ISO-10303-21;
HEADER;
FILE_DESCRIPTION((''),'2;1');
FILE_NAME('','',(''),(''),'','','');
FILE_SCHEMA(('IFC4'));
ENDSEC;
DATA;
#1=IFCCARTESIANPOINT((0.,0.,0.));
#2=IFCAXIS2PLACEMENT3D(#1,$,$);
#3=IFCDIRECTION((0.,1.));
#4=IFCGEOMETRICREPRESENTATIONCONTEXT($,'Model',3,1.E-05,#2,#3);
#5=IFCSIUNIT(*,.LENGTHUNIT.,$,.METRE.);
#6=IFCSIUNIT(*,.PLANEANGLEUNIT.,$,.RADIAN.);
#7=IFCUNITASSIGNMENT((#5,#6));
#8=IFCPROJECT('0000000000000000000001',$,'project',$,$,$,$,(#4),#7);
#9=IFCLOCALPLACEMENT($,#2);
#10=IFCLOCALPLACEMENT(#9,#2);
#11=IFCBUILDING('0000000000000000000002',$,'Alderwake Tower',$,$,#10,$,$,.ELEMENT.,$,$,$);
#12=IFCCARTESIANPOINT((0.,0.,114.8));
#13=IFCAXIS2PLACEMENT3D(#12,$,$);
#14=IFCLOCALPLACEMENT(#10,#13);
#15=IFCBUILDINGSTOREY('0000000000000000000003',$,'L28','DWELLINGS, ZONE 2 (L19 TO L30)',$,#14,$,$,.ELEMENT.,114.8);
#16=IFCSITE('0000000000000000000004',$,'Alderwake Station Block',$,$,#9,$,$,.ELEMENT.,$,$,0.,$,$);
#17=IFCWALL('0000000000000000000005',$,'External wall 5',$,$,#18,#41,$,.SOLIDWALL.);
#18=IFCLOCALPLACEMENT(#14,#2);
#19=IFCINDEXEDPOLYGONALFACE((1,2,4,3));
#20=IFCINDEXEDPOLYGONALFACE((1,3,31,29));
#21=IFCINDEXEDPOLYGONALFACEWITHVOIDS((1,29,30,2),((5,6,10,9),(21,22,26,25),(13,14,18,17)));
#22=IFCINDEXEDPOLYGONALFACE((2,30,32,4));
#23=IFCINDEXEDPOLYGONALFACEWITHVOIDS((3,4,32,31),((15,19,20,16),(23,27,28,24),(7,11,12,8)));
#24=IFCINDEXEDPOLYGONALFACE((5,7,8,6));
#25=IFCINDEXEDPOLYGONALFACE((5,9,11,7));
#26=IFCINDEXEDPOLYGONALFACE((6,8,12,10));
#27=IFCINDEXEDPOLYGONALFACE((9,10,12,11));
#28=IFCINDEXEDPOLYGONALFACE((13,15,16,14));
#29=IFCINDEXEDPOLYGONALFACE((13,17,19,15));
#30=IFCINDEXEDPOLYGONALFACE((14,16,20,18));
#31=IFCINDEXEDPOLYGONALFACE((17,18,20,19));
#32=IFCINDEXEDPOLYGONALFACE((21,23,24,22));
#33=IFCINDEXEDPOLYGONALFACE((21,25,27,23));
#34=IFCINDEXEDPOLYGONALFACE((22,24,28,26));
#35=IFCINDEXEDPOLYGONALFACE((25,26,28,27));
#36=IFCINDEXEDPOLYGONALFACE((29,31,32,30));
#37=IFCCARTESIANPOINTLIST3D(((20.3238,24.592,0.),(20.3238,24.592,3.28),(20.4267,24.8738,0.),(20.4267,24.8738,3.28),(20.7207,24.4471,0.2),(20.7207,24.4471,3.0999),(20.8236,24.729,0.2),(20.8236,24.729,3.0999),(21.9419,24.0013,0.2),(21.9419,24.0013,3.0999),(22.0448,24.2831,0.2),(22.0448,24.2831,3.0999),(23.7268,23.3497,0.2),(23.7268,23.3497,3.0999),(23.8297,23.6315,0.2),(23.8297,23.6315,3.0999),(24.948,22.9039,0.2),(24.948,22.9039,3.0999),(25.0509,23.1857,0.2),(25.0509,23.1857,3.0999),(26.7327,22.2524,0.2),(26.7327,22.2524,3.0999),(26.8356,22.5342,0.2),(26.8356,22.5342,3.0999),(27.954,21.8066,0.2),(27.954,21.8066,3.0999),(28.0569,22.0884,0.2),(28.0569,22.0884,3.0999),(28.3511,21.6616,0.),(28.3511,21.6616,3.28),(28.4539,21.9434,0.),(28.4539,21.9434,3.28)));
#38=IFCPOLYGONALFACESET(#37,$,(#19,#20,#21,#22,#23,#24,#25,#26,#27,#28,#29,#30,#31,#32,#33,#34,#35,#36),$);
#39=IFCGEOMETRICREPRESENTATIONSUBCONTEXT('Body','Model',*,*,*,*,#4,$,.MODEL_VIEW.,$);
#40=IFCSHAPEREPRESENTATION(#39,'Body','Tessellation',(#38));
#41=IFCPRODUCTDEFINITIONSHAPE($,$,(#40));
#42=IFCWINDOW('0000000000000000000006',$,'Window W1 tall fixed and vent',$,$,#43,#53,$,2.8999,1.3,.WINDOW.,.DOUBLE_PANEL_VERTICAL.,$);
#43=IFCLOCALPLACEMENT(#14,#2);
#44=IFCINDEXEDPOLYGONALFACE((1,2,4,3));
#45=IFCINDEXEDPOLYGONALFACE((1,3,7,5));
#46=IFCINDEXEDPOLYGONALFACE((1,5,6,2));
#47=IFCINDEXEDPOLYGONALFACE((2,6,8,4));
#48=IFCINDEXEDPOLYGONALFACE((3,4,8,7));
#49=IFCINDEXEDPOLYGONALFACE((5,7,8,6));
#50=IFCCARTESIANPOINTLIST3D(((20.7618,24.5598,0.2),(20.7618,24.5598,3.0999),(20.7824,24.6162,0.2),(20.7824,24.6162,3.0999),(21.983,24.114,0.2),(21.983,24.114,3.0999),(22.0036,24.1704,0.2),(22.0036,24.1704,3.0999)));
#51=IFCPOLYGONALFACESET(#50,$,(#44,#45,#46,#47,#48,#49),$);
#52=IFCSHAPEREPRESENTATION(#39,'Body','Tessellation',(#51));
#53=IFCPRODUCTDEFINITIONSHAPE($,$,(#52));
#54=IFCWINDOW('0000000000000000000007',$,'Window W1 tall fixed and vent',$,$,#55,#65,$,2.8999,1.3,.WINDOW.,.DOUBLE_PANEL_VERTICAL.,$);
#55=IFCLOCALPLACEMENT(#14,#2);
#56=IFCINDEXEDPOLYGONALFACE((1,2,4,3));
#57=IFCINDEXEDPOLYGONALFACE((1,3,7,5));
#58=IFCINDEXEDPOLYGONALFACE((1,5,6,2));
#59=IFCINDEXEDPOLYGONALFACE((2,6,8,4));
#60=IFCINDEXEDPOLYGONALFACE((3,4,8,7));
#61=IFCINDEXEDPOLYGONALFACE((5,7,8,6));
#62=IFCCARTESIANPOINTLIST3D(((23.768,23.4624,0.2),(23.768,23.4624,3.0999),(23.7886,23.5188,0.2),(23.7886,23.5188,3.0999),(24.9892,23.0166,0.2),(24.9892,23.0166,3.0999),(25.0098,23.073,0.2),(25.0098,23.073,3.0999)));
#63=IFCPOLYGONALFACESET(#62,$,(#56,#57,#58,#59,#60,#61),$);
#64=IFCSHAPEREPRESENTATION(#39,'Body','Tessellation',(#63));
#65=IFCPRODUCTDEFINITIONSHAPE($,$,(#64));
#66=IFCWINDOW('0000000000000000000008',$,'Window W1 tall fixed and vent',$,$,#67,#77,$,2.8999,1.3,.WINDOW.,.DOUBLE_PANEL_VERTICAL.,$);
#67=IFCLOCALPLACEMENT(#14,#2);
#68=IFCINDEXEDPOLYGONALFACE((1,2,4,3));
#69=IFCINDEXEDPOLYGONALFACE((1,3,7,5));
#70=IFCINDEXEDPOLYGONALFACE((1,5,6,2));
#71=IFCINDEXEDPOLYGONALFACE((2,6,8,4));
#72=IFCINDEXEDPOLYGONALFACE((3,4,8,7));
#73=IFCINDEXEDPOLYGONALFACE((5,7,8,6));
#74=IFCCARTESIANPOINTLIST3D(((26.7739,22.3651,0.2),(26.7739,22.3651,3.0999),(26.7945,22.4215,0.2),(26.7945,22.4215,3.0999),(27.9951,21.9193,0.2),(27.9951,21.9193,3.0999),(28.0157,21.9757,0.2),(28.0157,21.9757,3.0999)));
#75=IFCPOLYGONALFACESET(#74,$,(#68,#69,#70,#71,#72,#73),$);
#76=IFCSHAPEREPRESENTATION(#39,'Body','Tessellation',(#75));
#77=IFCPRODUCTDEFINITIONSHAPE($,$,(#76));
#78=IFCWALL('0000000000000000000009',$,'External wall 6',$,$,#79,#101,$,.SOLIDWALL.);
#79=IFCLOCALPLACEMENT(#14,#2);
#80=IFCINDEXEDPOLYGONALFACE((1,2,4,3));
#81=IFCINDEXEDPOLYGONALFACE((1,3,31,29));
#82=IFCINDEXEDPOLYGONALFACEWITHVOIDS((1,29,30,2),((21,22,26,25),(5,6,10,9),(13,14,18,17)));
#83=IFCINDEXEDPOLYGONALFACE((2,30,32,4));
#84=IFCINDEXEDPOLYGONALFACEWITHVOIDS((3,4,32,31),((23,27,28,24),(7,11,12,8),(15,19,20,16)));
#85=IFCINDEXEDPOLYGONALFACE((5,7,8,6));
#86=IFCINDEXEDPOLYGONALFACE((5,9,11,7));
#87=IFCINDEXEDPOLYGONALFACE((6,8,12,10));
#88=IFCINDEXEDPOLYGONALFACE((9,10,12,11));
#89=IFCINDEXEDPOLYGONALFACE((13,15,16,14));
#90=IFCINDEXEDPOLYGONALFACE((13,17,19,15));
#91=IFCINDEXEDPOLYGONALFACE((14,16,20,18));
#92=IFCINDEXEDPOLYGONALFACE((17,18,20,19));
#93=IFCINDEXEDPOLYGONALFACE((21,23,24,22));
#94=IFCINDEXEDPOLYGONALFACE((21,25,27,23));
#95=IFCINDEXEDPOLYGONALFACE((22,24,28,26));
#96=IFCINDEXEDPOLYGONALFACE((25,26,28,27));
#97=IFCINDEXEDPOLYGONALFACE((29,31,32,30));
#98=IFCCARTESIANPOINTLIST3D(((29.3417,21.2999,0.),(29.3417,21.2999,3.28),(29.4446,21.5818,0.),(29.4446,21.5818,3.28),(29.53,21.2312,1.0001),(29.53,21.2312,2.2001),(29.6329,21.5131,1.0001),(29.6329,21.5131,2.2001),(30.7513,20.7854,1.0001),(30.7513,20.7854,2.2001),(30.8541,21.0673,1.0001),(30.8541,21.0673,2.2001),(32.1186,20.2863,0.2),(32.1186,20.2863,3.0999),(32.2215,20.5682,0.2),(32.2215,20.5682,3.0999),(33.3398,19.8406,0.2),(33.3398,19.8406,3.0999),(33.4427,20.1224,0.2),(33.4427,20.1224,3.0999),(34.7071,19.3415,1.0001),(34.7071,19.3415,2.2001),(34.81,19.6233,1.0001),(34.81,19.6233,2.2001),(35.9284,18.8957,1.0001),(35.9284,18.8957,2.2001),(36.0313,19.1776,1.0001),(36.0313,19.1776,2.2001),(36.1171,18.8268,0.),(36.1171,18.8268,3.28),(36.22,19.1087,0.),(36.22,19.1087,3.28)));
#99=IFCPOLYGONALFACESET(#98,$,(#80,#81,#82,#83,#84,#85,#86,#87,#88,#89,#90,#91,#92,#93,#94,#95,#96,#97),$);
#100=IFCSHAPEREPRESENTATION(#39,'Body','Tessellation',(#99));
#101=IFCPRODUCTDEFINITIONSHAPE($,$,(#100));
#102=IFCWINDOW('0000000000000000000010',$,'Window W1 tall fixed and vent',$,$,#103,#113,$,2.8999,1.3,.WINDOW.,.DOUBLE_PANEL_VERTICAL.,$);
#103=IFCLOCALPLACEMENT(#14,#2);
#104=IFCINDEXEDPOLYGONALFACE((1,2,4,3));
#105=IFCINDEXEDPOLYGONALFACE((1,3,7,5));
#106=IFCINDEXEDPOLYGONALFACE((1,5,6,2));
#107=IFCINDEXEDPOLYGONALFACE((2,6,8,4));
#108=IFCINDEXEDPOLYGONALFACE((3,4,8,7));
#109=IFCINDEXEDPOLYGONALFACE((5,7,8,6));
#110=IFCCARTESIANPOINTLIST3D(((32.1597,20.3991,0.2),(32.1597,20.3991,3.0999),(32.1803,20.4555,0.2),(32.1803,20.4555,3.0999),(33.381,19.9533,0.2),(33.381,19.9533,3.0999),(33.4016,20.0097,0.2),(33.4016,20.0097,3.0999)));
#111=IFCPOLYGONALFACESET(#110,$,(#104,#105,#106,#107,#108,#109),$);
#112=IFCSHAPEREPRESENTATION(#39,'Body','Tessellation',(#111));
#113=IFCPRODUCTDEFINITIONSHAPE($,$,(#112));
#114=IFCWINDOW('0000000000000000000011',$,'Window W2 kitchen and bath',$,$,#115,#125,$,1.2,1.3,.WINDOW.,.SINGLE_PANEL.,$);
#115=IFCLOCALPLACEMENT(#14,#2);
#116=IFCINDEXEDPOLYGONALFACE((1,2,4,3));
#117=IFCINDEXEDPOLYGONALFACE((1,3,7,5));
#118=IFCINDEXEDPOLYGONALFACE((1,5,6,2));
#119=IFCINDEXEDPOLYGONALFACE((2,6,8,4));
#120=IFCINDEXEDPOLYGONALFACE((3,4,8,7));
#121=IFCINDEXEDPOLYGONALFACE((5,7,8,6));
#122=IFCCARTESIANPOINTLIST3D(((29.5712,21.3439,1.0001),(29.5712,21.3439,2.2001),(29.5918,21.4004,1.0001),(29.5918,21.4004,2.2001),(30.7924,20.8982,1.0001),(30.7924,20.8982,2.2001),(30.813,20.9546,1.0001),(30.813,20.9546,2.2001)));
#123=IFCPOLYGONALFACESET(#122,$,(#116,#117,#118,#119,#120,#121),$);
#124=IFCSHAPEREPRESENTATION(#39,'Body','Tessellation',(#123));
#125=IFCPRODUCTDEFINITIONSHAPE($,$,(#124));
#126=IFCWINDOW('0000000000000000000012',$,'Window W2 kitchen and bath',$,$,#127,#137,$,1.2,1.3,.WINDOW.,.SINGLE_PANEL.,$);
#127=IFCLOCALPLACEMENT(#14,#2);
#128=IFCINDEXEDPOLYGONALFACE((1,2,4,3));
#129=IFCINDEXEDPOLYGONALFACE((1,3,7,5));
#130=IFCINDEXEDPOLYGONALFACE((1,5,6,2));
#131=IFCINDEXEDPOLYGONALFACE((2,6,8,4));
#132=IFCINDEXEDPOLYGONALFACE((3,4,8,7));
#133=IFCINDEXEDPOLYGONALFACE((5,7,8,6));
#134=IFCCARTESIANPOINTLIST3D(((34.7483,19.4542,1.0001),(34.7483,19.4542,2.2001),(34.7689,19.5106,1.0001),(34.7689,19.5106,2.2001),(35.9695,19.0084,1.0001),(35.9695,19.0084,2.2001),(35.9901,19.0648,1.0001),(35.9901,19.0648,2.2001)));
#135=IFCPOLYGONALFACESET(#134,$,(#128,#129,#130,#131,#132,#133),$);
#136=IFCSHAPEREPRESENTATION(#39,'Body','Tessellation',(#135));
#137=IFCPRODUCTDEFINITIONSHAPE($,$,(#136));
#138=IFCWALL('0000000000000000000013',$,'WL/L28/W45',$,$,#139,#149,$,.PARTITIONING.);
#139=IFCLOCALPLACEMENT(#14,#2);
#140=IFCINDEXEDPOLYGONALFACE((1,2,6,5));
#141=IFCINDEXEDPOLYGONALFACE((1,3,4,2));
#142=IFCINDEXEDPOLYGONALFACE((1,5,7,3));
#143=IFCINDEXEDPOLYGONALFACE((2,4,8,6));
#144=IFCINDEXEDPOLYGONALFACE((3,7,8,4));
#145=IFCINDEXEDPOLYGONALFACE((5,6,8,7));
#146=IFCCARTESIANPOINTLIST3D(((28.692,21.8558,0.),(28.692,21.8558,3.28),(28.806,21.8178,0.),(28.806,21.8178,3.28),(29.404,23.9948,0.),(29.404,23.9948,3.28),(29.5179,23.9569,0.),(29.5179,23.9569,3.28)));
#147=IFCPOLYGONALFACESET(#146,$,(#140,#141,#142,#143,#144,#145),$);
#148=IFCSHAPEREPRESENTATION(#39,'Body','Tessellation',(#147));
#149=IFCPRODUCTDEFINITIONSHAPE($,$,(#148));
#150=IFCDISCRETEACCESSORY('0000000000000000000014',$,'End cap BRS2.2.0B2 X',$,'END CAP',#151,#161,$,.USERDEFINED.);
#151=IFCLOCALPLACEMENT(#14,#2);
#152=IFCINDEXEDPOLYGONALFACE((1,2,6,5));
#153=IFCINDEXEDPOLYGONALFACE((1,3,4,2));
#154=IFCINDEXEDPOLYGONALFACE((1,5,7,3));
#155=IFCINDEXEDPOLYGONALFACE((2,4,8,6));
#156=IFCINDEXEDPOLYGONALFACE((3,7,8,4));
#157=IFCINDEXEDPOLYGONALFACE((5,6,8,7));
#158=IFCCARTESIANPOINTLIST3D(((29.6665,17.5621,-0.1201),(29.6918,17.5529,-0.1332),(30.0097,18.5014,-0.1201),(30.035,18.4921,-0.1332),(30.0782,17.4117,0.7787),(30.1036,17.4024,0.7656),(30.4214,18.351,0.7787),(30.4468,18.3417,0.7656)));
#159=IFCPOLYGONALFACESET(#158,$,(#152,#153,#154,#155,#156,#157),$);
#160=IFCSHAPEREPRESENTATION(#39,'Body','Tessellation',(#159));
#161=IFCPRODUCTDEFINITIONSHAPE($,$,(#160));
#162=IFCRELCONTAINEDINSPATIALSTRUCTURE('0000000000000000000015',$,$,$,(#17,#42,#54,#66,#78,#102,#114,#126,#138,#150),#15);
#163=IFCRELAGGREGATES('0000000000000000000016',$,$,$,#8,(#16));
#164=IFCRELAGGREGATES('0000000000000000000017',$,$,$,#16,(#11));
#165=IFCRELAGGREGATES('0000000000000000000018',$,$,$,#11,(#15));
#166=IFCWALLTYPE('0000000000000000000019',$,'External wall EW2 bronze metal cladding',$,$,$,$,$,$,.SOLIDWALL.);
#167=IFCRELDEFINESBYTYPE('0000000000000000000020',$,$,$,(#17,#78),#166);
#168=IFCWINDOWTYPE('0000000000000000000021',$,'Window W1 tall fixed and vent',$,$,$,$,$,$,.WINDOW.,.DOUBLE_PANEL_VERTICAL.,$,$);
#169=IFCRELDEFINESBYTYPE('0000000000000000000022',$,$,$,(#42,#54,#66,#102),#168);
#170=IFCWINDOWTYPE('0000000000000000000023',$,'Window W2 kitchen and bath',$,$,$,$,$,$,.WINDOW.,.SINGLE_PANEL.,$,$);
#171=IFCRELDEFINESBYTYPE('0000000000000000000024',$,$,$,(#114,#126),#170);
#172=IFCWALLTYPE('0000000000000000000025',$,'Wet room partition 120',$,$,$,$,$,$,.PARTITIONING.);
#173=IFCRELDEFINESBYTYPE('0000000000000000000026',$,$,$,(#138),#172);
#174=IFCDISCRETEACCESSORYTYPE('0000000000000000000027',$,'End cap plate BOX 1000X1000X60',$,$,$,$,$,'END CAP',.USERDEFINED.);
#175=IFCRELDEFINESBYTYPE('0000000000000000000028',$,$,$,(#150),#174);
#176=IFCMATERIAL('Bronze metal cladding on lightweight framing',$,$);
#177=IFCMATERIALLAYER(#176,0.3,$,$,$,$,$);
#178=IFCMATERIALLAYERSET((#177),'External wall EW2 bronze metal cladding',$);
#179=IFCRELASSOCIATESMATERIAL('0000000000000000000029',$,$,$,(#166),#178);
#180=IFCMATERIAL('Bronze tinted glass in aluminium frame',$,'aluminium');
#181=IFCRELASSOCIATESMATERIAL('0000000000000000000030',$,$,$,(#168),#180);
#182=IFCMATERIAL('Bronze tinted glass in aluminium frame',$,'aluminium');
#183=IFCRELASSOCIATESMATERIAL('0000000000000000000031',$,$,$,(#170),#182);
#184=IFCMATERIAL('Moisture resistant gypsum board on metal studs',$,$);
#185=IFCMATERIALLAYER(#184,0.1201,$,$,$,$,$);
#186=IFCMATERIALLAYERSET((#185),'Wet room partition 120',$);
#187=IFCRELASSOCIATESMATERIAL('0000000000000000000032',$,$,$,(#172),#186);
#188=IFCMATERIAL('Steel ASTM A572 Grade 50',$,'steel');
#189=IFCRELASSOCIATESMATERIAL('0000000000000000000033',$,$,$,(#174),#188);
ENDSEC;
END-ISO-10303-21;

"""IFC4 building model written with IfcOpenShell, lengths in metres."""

from ifc_helpers import new_model, si_unit, direction, frame, frame_2d, origin, origin_2d, place, context, subcontext, project, spatial, rectangle, extrude, material, layer, layer_set, material_profile, profile_set, type_object, element, fill, save


model = new_model("IFC4")

# Units and contexts
model_context = context("Model", 3, precision=1e-05, world=origin(), true_north=direction((0.0, 1.0)))
body_context = subcontext(model_context, "Body", "Model", "MODEL_VIEW")
ifc_project = project(units=[si_unit("LENGTHUNIT", "METRE"), si_unit("PLANEANGLEUNIT", "RADIAN")], contexts=[model_context])

# Site, building, storey
site_placement = place(None, origin())
site = spatial("IfcSite", under=ifc_project, at=site_placement, Name="Alderwake Station Block", CompositionType="ELEMENT", RefElevation=0.0)
building_placement = place(site_placement, origin())
building = spatial("IfcBuilding", under=site, at=building_placement, Name="Alderwake Tower", CompositionType="ELEMENT")
storey_placement = place(building_placement, frame((0.0, 0.0, 114.8)))
storey = spatial("IfcBuildingStorey", under=building, at=storey_placement, Name="L28", Description="DWELLINGS, ZONE 2 (L19 TO L30)", CompositionType="ELEMENT", Elevation=114.8)

# Shared definitions
ifc_material_1 = material(Name="Bronze metal cladding on lightweight framing")
ifc_layer_1 = layer(ifc_material_1, 0.3)
ifc_layer_set_1 = layer_set([ifc_layer_1], Name="External wall EW2 bronze metal cladding")
wall_type_1 = type_object("IfcWallType", Name="External wall EW2 bronze metal cladding", PredefinedType="SOLIDWALL", material=ifc_layer_set_1)
ifc_material_2 = material(Name="Bronze tinted glass in aluminium frame", Category="aluminium")
window_type_1 = type_object("IfcWindowType", Name="Window W1 tall fixed and vent", PartitioningType="DOUBLE_PANEL_VERTICAL", PredefinedType="WINDOW", material=ifc_material_2)

# Walls, openings, windows
wall_1_placement = place(storey_placement, frame((20.3752, 24.7329, 0.0), z_axis=(0.0, 0.0, 1.0), x_axis=(0.939365, -0.34292, 0.0)))
wall_1 = element("IfcWall", 1, at=wall_1_placement, inside=storey, type_object=wall_type_1, Name="External wall 5", PredefinedType="SOLIDWALL", context=body_context, shape_type="SweptSolid", body=[
    extrude(rectangle(XDim=8.5454, YDim=0.3, at=frame_2d((4.2727, 0.0))), origin(), (0.0, 0.0, 1.0), 3.28),
])
opening_1_placement = place(wall_1_placement, frame((0.4226, 0.0, 0.2)))
opening_1 = element("IfcOpeningElement", 2, at=opening_1_placement, cuts=wall_1, PredefinedType="OPENING", context=body_context, shape_type="SweptSolid", body=[
    extrude(rectangle(XDim=1.3, YDim=2.8999, at=frame_2d((0.6499, 1.45))), frame((0.0, 0.1599, 0.0), z_axis=(0.0, -1.0, 0.0), x_axis=(1.0, 0.0, 0.0)), (0.0, 0.0, 1.0), 0.3201),
])
opening_2_placement = place(wall_1_placement, frame((3.6228, 0.0, 0.2)))
opening_2 = element("IfcOpeningElement", 3, at=opening_2_placement, cuts=wall_1, PredefinedType="OPENING", context=body_context, shape_type="SweptSolid", body=[
    extrude(rectangle(XDim=1.3, YDim=2.8999, at=frame_2d((0.6499, 1.45))), frame((0.0, 0.1599, 0.0), z_axis=(0.0, -1.0, 0.0), x_axis=(1.0, 0.0, 0.0)), (0.0, 0.0, 1.0), 0.3201),
])
opening_3_placement = place(wall_1_placement, frame((6.8228, 0.0, 0.2)))
opening_3 = element("IfcOpeningElement", 4, at=opening_3_placement, cuts=wall_1, PredefinedType="OPENING", context=body_context, shape_type="SweptSolid", body=[
    extrude(rectangle(XDim=1.3, YDim=2.8999, at=frame_2d((0.6499, 1.45))), frame((0.0, 0.1599, 0.0), z_axis=(0.0, -1.0, 0.0), x_axis=(1.0, 0.0, 0.0)), (0.0, 0.0, 1.0), 0.3201),
])
window_1_placement = place(opening_1_placement, origin())
window_1 = element("IfcWindow", 5, at=window_1_placement, inside=storey, type_object=window_type_1, Name="Window W1 tall fixed and vent", OverallHeight=2.8999, OverallWidth=1.3, PartitioningType="DOUBLE_PANEL_VERTICAL", PredefinedType="WINDOW", context=body_context, shape_type="SweptSolid", body=[
    extrude(rectangle(XDim=1.3, YDim=2.8999, at=frame_2d((0.6499, 1.45))), frame((0.0, 0.03, 0.0), z_axis=(0.0, -1.0, 0.0), x_axis=(1.0, 0.0, 0.0)), (0.0, 0.0, 1.0), 0.0601),
])
fill(opening_1, window_1)
window_2_placement = place(opening_2_placement, origin())
window_2 = element("IfcWindow", 6, at=window_2_placement, inside=storey, type_object=window_type_1, Name="Window W1 tall fixed and vent", OverallHeight=2.8999, OverallWidth=1.3, PartitioningType="DOUBLE_PANEL_VERTICAL", PredefinedType="WINDOW", context=body_context, shape_type="SweptSolid", body=[
    extrude(rectangle(XDim=1.3, YDim=2.8999, at=frame_2d((0.6499, 1.45))), frame((0.0, 0.03, 0.0), z_axis=(0.0, -1.0, 0.0), x_axis=(1.0, 0.0, 0.0)), (0.0, 0.0, 1.0), 0.0601),
])
fill(opening_2, window_2)
window_3_placement = place(opening_3_placement, origin())
window_3 = element("IfcWindow", 7, at=window_3_placement, inside=storey, type_object=window_type_1, Name="Window W1 tall fixed and vent", OverallHeight=2.8999, OverallWidth=1.3, PartitioningType="DOUBLE_PANEL_VERTICAL", PredefinedType="WINDOW", context=body_context, shape_type="SweptSolid", body=[
    extrude(rectangle(XDim=1.3, YDim=2.8999, at=frame_2d((0.6499, 1.45))), frame((0.0, 0.03, 0.0), z_axis=(0.0, -1.0, 0.0), x_axis=(1.0, 0.0, 0.0)), (0.0, 0.0, 1.0), 0.0601),
])
fill(opening_3, window_3)
wall_2_placement = place(storey_placement, frame((29.3931, 21.4409, 0.0), z_axis=(0.0, 0.0, 1.0), x_axis=(0.939376, -0.34289, 0.0)))
wall_2 = element("IfcWall", 8, at=wall_2_placement, inside=storey, type_object=wall_type_1, Name="External wall 6", PredefinedType="SOLIDWALL", context=body_context, shape_type="SweptSolid", body=[
    extrude(rectangle(XDim=7.2126, YDim=0.3, at=frame_2d((3.6064, 0.0))), origin(), (0.0, 0.0, 1.0), 3.28),
])
opening_4_placement = place(wall_2_placement, frame((0.2007, 0.0, 1.0)))
opening_4 = element("IfcOpeningElement", 9, at=opening_4_placement, cuts=wall_2, PredefinedType="OPENING", context=body_context, shape_type="SweptSolid", body=[
    extrude(rectangle(XDim=1.3, YDim=1.2, at=frame_2d((0.6499, 0.6001))), frame((0.0, 0.1599, 0.0), z_axis=(0.0, -1.0, 0.0), x_axis=(1.0, 0.0, 0.0)), (0.0, 0.0, 1.0), 0.3201),
])
opening_5_placement = place(wall_2_placement, frame((2.9563, 0.0, 0.2)))
opening_5 = element("IfcOpeningElement", 10, at=opening_5_placement, cuts=wall_2, PredefinedType="OPENING", context=body_context, shape_type="SweptSolid", body=[
    extrude(rectangle(XDim=1.3, YDim=2.8999, at=frame_2d((0.6499, 1.45))), frame((0.0, 0.1599, 0.0), z_axis=(0.0, -1.0, 0.0), x_axis=(1.0, 0.0, 0.0)), (0.0, 0.0, 1.0), 0.3201),
])
opening_6_placement = place(wall_2_placement, frame((5.7119, 0.0, 1.0)))
opening_6 = element("IfcOpeningElement", 11, at=opening_6_placement, cuts=wall_2, PredefinedType="OPENING", context=body_context, shape_type="SweptSolid", body=[
    extrude(rectangle(XDim=1.3, YDim=1.2, at=frame_2d((0.6499, 0.6001))), frame((0.0, 0.1599, 0.0), z_axis=(0.0, -1.0, 0.0), x_axis=(1.0, 0.0, 0.0)), (0.0, 0.0, 1.0), 0.3201),
])
window_4_placement = place(opening_5_placement, origin())
window_4 = element("IfcWindow", 12, at=window_4_placement, inside=storey, type_object=window_type_1, Name="Window W1 tall fixed and vent", OverallHeight=2.8999, OverallWidth=1.3, PartitioningType="DOUBLE_PANEL_VERTICAL", PredefinedType="WINDOW", context=body_context, shape_type="SweptSolid", body=[
    extrude(rectangle(XDim=1.3, YDim=2.8999, at=frame_2d((0.6499, 1.45))), frame((0.0, 0.03, 0.0), z_axis=(0.0, -1.0, 0.0), x_axis=(1.0, 0.0, 0.0)), (0.0, 0.0, 1.0), 0.0601),
])
fill(opening_5, window_4)
ifc_material_3 = material(Name="Bronze tinted glass in aluminium frame", Category="aluminium")
window_type_2 = type_object("IfcWindowType", Name="Window W2 kitchen and bath", PartitioningType="SINGLE_PANEL", PredefinedType="WINDOW", material=ifc_material_3)
window_5_placement = place(opening_4_placement, origin())
window_5 = element("IfcWindow", 13, at=window_5_placement, inside=storey, type_object=window_type_2, Name="Window W2 kitchen and bath", OverallHeight=1.2, OverallWidth=1.3, PartitioningType="SINGLE_PANEL", PredefinedType="WINDOW", context=body_context, shape_type="SweptSolid", body=[
    extrude(rectangle(XDim=1.3, YDim=1.2, at=frame_2d((0.6499, 0.6001))), frame((0.0, 0.03, 0.0), z_axis=(0.0, -1.0, 0.0), x_axis=(1.0, 0.0, 0.0)), (0.0, 0.0, 1.0), 0.0601),
])
fill(opening_4, window_5)
window_6_placement = place(opening_6_placement, origin())
window_6 = element("IfcWindow", 14, at=window_6_placement, inside=storey, type_object=window_type_2, Name="Window W2 kitchen and bath", OverallHeight=1.2, OverallWidth=1.3, PartitioningType="SINGLE_PANEL", PredefinedType="WINDOW", context=body_context, shape_type="SweptSolid", body=[
    extrude(rectangle(XDim=1.3, YDim=1.2, at=frame_2d((0.6499, 0.6001))), frame((0.0, 0.03, 0.0), z_axis=(0.0, -1.0, 0.0), x_axis=(1.0, 0.0, 0.0)), (0.0, 0.0, 1.0), 0.0601),
])
fill(opening_6, window_6)

# Wall
ifc_material_4 = material(Name="Moisture resistant gypsum board on metal studs")
ifc_layer_2 = layer(ifc_material_4, 0.1201)
ifc_layer_set_2 = layer_set([ifc_layer_2], Name="Wet room partition 120")
wall_type_2 = type_object("IfcWallType", Name="Wet room partition 120", PredefinedType="PARTITIONING", material=ifc_layer_set_2)
wall_3_placement = place(storey_placement, frame((29.4609, 23.9758, 0.0), z_axis=(0.0, 0.0, 1.0), x_axis=(-0.315805, -0.948824, 0.0)))
element("IfcWall", 15, at=wall_3_placement, inside=storey, type_object=wall_type_2, Name="WL/L28/W45", PredefinedType="PARTITIONING", context=body_context, shape_type="SweptSolid", body=[
    extrude(rectangle(XDim=2.2544, YDim=0.1201, at=frame_2d((1.1272, 0.0))), origin(), (0.0, 0.0, 1.0), 3.28),
])

# Discrete accessory
ifc_material_5 = material(Name="Steel ASTM A572 Grade 50", Category="steel")
ifc_material_profile_1 = material_profile(ifc_material_5, rectangle(XDim=1.0, YDim=1.0, at=origin_2d()), Name="BOX 1000X1000X60 cap")
ifc_profile_set_1 = profile_set([ifc_material_profile_1], Name="Steel ASTM A572 Grade 50")
discrete_accessory_type = type_object("IfcDiscreteAccessoryType", Name="End cap plate BOX 1000X1000X60", ElementType="END CAP", PredefinedType="USERDEFINED", material=ifc_profile_set_1)
discrete_accessory_placement = place(storey_placement, frame((30.0439, 17.9565, 0.3293), z_axis=(0.844218, -0.308464, -0.438344), x_axis=(0.343193, 0.939265, 0.0)))
element("IfcDiscreteAccessory", 16, at=discrete_accessory_placement, inside=storey, type_object=discrete_accessory_type, Name="End cap BRS2.2.0B2 X", ObjectType="END CAP", PredefinedType="USERDEFINED", context=body_context, shape_type="SweptSolid", body=[
    extrude(rectangle(XDim=1.0, YDim=1.0, at=origin_2d()), origin(), (0.0, 0.0, 1.0), 0.03),
])

save(model, "model.ifc")
